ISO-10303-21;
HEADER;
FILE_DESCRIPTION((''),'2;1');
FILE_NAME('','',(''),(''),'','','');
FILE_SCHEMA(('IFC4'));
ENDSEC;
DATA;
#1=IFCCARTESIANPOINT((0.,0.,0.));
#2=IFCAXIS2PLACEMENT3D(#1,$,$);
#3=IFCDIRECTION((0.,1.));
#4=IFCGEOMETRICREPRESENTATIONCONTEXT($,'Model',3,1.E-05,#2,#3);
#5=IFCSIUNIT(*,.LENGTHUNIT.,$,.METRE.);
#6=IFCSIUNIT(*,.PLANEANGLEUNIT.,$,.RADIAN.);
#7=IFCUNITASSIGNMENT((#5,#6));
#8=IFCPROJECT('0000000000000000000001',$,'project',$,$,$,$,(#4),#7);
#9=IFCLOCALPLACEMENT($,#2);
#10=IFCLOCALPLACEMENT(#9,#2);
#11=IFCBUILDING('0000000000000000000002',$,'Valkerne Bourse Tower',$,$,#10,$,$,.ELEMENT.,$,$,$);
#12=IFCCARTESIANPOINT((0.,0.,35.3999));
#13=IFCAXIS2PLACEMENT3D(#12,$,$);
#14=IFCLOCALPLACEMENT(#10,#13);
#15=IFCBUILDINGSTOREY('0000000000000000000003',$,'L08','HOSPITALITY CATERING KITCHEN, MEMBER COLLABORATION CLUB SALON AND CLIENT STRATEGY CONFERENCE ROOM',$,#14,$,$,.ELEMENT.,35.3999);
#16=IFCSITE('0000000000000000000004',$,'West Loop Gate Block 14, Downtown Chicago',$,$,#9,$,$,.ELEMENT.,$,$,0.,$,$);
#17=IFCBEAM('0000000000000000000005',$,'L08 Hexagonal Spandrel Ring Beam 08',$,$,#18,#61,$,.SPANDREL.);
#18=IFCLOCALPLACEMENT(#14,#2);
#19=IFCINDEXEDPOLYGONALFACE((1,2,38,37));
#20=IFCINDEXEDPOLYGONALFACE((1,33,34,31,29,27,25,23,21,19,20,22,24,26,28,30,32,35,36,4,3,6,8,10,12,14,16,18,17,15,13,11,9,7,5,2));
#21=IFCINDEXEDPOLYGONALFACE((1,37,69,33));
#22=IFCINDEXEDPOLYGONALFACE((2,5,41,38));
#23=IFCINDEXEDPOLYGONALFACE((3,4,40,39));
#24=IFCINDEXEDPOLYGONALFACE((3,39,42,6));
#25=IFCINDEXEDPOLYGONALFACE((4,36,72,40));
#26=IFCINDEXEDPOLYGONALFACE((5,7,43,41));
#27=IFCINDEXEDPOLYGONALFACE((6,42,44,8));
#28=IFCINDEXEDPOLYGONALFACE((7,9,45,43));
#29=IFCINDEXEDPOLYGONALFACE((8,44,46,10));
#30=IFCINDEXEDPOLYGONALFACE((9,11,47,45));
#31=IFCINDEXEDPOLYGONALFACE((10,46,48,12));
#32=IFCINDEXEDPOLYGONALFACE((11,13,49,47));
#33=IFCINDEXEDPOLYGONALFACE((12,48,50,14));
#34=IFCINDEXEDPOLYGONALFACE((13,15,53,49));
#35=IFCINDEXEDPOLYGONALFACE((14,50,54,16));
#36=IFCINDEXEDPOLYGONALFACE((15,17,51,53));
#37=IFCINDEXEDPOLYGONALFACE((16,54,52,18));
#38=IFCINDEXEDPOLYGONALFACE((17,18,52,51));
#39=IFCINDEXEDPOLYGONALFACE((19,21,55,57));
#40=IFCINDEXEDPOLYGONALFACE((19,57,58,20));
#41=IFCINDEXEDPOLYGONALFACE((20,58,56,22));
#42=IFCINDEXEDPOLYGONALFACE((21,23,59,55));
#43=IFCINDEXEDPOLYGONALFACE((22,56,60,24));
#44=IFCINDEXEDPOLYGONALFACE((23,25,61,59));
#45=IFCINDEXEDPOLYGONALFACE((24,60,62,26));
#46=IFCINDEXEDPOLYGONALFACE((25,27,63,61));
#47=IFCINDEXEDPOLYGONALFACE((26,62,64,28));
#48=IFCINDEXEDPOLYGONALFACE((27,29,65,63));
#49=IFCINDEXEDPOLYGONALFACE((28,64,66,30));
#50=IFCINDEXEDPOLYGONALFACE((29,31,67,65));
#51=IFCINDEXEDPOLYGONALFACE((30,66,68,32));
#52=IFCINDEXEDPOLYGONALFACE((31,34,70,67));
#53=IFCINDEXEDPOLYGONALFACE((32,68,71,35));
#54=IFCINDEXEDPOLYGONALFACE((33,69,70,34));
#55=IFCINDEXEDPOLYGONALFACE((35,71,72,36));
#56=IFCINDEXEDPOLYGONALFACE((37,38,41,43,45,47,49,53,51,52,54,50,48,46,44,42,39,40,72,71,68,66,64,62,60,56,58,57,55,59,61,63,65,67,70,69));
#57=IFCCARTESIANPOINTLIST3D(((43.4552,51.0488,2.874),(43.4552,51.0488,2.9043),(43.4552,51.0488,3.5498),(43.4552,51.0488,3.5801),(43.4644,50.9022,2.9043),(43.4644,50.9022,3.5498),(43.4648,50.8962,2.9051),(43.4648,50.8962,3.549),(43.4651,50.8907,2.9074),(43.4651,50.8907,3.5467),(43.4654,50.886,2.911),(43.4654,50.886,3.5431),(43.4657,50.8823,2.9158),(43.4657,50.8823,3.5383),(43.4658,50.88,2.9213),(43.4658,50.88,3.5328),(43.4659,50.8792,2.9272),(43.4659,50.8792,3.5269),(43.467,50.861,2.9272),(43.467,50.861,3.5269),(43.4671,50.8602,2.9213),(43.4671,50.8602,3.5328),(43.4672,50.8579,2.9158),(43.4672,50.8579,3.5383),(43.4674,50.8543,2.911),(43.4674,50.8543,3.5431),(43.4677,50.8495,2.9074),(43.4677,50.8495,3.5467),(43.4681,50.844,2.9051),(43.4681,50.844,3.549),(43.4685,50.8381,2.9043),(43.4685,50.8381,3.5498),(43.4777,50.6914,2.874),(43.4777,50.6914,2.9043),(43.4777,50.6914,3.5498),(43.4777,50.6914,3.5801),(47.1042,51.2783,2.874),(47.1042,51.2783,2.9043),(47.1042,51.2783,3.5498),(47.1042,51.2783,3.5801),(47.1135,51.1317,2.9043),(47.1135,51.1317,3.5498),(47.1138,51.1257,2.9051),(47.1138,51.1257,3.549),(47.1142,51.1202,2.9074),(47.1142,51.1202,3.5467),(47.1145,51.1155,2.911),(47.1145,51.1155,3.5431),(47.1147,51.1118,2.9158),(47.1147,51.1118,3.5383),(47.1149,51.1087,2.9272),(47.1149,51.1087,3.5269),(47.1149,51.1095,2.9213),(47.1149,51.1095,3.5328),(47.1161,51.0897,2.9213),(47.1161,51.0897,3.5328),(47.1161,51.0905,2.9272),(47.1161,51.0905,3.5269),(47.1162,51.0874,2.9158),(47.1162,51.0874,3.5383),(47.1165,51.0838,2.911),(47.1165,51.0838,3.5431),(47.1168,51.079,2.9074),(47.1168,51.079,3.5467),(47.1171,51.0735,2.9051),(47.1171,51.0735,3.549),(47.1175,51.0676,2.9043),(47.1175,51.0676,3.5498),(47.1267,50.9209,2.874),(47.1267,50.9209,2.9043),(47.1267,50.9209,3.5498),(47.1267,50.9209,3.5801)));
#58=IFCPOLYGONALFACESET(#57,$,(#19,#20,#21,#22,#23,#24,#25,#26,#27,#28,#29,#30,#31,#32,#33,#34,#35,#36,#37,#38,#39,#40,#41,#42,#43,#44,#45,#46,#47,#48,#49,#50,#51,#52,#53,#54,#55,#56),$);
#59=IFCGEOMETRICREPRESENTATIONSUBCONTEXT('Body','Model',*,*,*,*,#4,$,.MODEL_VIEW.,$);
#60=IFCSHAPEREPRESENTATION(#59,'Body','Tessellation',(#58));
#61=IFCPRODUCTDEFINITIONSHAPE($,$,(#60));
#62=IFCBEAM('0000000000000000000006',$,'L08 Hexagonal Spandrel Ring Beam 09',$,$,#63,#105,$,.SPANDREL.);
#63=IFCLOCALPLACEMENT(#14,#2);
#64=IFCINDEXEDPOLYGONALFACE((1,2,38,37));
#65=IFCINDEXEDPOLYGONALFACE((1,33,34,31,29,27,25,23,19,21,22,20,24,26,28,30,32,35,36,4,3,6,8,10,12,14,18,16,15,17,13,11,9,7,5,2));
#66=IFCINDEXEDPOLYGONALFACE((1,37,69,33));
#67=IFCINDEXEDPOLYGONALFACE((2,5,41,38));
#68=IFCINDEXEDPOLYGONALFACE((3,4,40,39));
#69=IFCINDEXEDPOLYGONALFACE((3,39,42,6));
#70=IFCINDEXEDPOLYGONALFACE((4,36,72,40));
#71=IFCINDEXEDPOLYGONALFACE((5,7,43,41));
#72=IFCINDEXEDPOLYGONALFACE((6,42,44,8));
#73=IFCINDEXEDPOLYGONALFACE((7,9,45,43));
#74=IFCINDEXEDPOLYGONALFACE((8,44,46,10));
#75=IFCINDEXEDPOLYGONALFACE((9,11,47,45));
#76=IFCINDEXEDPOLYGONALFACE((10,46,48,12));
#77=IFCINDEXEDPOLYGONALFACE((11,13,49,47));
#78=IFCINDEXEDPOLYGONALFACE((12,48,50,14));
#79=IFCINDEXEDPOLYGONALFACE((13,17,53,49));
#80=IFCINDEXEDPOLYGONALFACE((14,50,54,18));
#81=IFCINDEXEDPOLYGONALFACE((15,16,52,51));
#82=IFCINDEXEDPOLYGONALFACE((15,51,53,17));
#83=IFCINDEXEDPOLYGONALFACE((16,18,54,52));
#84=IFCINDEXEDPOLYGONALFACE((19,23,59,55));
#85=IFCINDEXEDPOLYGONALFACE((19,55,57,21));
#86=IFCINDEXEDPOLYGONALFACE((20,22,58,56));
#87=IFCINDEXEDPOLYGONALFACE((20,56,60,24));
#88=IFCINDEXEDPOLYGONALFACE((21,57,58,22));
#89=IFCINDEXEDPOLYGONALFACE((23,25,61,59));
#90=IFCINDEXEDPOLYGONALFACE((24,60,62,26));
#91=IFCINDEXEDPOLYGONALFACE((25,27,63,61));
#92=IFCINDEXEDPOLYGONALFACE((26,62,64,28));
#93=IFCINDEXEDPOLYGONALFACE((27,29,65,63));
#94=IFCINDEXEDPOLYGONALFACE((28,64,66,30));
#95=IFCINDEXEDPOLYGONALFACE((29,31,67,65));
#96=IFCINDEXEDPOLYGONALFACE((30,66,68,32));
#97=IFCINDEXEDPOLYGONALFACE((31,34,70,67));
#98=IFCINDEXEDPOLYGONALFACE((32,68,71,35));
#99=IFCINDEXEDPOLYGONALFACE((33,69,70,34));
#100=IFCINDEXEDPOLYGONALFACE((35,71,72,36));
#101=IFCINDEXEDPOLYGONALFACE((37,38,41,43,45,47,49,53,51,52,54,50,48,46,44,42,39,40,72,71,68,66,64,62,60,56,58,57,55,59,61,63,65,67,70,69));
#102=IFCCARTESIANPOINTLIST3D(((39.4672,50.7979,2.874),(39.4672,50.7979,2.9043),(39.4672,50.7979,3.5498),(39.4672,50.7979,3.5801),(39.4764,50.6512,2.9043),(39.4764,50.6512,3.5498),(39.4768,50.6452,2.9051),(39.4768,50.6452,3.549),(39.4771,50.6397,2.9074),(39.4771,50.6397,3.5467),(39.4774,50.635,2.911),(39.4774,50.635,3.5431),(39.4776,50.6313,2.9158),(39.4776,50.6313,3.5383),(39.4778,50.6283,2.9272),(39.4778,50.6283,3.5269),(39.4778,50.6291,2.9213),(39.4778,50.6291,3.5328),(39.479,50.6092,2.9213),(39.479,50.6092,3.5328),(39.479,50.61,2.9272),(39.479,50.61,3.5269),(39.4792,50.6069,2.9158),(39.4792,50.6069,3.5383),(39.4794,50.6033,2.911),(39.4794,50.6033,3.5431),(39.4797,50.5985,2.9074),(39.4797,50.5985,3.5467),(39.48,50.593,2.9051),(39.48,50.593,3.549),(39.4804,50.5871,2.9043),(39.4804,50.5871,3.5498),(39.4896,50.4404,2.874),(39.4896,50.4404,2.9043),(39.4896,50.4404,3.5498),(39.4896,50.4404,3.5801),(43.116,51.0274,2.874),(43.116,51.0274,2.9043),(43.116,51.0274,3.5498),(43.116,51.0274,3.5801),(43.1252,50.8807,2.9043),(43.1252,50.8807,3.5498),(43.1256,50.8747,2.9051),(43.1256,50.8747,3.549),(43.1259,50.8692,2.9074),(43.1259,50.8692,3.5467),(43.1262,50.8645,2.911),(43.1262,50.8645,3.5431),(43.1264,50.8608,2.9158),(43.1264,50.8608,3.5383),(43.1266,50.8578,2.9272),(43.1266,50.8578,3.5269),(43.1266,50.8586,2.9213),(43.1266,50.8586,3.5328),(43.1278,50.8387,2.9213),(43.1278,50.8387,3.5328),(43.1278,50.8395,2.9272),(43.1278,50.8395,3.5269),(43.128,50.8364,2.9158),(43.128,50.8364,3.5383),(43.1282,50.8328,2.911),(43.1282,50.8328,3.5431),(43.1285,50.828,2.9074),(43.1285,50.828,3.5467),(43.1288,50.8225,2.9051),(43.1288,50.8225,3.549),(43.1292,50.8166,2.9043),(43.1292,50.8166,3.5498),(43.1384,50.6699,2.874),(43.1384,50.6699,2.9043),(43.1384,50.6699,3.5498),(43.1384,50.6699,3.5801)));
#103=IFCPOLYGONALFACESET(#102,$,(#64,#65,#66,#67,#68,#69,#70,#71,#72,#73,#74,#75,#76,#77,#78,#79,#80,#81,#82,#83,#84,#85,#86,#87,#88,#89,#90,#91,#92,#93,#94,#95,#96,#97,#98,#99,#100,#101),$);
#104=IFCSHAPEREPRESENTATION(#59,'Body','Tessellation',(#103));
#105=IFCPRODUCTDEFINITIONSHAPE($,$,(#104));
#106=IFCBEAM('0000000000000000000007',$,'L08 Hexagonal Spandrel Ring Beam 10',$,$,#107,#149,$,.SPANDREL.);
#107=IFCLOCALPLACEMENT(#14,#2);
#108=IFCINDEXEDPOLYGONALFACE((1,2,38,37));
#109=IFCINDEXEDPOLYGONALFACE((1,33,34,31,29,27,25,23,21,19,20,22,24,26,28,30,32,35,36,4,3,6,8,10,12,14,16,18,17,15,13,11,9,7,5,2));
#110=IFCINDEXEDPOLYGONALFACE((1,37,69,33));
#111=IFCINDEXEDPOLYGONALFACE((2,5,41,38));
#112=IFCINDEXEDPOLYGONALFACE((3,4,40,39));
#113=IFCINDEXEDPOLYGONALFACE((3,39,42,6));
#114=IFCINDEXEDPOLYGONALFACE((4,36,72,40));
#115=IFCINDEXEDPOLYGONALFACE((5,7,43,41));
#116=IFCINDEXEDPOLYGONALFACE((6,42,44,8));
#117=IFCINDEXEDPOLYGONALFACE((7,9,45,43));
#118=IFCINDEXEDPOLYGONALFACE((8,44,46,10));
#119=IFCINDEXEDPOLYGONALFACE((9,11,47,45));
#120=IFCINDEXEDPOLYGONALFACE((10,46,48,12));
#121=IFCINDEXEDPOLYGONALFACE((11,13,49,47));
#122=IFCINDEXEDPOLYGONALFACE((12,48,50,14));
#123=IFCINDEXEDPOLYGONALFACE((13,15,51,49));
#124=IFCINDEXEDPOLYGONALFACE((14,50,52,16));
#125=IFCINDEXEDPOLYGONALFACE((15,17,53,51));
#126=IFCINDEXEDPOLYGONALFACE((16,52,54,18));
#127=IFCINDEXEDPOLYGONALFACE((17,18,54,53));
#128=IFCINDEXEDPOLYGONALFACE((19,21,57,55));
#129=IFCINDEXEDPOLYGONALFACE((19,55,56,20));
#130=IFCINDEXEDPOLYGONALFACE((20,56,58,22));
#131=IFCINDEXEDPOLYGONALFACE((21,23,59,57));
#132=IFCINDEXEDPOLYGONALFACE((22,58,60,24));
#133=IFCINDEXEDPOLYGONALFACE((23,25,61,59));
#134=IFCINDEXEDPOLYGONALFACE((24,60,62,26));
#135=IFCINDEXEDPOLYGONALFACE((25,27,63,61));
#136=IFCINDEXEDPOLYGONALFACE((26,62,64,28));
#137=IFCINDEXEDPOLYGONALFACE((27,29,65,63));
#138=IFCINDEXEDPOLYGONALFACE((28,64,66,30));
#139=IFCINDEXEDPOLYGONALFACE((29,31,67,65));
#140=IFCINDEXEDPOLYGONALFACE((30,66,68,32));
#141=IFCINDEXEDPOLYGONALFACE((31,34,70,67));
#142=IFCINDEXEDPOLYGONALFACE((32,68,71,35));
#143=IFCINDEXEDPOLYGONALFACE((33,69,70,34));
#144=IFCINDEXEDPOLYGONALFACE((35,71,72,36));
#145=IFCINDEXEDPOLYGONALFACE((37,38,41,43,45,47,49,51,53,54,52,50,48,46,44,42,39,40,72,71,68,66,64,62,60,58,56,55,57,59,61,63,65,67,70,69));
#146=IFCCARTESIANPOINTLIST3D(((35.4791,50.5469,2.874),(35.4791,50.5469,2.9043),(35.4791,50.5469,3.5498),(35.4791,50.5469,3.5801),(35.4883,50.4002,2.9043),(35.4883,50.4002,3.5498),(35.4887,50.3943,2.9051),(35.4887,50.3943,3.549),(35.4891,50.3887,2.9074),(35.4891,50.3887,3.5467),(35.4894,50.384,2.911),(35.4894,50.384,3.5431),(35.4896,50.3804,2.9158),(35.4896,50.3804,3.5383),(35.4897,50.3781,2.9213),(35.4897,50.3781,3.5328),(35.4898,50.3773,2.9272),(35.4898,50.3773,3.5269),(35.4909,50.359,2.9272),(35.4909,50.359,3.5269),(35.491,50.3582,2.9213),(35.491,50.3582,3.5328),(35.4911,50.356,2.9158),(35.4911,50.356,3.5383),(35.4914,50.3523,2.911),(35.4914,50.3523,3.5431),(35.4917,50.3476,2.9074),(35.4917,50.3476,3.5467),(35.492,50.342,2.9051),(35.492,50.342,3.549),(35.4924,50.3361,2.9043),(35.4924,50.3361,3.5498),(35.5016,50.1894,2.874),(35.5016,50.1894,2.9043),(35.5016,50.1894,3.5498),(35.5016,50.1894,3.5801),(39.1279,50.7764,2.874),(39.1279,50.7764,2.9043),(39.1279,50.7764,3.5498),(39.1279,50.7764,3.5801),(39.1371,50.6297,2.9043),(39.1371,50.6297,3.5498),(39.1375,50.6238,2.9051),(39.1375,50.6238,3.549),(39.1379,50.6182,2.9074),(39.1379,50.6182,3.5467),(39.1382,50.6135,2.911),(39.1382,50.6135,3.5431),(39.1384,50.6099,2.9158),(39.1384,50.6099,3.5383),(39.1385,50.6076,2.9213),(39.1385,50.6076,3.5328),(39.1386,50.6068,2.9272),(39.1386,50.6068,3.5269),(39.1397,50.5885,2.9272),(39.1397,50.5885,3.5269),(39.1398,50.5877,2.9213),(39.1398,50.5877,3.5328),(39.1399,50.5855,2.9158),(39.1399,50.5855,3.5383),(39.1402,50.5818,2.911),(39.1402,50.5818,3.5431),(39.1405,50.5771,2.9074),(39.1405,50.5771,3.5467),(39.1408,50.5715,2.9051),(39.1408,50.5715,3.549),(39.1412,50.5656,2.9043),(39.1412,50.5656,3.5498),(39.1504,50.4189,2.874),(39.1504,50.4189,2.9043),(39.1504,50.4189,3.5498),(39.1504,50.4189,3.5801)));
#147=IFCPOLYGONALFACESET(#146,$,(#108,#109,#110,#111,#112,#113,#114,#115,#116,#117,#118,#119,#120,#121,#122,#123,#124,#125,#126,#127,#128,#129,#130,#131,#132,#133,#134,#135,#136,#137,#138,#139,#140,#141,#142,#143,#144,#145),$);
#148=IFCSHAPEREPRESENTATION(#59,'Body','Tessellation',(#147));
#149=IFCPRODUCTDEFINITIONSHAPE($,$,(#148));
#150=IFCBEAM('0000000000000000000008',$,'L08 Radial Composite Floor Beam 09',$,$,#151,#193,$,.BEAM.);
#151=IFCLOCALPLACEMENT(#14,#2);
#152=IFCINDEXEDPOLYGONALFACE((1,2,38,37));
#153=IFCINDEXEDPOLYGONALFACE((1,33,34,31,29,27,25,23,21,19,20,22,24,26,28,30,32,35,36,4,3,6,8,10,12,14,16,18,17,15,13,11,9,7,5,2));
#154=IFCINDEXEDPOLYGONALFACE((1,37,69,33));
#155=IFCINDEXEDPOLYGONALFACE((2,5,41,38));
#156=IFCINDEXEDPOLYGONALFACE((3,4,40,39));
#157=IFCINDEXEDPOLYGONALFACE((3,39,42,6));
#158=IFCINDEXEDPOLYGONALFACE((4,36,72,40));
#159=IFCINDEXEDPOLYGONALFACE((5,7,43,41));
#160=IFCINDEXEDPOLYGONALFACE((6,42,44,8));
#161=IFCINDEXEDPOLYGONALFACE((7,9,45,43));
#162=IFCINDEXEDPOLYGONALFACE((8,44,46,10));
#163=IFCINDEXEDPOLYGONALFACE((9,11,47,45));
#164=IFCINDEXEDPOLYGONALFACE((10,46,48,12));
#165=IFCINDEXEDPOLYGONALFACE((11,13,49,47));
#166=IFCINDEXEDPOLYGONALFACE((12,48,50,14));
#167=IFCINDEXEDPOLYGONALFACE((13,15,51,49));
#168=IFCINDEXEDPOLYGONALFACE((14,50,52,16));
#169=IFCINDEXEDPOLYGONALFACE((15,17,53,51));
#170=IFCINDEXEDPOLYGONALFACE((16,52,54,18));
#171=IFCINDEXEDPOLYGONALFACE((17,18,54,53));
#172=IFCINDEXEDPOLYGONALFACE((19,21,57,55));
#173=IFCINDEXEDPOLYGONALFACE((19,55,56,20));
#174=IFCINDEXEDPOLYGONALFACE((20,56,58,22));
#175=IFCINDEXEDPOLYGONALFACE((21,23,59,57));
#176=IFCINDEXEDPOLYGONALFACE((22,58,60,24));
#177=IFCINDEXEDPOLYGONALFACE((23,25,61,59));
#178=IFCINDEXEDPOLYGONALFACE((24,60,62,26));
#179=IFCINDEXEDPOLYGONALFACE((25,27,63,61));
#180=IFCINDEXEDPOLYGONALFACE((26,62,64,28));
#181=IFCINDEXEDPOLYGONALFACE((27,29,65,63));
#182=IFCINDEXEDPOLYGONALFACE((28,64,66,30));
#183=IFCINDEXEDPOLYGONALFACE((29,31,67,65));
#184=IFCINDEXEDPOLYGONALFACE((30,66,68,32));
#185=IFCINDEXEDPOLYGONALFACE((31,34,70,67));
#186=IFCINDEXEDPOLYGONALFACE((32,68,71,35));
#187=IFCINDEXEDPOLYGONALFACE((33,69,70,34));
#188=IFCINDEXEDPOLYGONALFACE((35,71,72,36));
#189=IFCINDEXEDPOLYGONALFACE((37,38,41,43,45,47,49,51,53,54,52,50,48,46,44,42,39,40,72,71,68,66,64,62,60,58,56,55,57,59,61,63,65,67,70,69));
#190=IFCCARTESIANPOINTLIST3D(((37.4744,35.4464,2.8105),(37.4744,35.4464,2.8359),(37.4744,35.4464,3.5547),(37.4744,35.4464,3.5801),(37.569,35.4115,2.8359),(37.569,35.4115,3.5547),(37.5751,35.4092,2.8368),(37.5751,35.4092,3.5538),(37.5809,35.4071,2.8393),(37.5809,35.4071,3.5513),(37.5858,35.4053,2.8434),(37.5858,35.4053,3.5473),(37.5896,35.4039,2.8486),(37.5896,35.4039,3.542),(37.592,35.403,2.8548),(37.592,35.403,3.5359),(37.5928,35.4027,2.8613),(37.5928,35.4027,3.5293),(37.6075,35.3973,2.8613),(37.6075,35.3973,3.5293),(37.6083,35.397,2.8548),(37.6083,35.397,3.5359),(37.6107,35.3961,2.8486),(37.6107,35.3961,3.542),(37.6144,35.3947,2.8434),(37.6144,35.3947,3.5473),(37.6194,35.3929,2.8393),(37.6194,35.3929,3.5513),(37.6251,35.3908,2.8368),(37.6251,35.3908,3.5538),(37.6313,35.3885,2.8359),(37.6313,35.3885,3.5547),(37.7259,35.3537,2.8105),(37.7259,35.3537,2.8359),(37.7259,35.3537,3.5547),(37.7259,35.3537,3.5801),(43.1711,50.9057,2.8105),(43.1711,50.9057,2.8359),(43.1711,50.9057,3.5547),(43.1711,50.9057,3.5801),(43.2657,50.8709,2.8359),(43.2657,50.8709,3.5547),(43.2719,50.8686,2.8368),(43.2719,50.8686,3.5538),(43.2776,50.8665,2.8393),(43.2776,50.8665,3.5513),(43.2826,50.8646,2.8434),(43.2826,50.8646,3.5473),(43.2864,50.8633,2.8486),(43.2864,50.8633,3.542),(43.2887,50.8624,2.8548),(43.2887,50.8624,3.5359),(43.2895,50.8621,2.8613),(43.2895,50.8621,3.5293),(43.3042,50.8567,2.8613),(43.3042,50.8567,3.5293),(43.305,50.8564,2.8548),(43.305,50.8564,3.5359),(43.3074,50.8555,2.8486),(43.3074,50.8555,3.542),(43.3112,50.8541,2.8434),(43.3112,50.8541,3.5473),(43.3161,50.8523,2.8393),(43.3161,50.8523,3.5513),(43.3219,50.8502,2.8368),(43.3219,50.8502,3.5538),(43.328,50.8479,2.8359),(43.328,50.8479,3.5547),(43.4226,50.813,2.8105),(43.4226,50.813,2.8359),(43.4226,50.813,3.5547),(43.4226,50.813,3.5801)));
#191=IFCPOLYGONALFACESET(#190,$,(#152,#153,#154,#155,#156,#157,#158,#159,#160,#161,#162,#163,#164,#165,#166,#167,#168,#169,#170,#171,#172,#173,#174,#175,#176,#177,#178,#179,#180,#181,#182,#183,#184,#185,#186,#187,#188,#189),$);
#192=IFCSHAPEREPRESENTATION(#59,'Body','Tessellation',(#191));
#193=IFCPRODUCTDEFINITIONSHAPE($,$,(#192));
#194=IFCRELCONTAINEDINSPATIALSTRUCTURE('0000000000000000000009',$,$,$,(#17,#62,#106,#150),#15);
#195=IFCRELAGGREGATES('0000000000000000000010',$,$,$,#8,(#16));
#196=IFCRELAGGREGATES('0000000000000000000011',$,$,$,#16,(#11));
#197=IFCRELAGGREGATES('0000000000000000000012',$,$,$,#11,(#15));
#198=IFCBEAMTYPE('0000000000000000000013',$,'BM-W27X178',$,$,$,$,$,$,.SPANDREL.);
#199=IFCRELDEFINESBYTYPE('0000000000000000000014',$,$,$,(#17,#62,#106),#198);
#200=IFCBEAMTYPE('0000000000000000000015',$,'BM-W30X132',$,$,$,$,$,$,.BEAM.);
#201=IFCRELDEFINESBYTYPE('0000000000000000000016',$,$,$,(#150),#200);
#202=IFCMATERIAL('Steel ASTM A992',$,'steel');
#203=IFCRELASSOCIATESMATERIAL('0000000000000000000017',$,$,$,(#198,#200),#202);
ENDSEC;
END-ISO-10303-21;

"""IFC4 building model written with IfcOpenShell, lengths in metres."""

from ifc_helpers import new_model, si_unit, direction, frame, origin, origin_2d, place, context, subcontext, project, spatial, i_section, extrude, material, material_profile, profile_set, type_object, element, save


model = new_model("IFC4")

# Units and contexts
model_context = context("Model", 3, precision=1e-05, world=origin(), true_north=direction((0.0, 1.0)))
body_context = subcontext(model_context, "Body", "Model", "MODEL_VIEW")
ifc_project = project(units=[si_unit("LENGTHUNIT", "METRE"), si_unit("PLANEANGLEUNIT", "RADIAN")], contexts=[model_context])

# Site, building, storey
site_placement = place(None, origin())
site = spatial("IfcSite", under=ifc_project, at=site_placement, Name="West Loop Gate Block 14, Downtown Chicago", CompositionType="ELEMENT", RefElevation=0.0)
building_placement = place(site_placement, origin())
building = spatial("IfcBuilding", under=site, at=building_placement, Name="Valkerne Bourse Tower", CompositionType="ELEMENT")
storey_placement = place(building_placement, frame((0.0, 0.0, 35.3999)))
storey = spatial("IfcBuildingStorey", under=building, at=storey_placement, Name="L08", Description="HOSPITALITY CATERING KITCHEN, MEMBER COLLABORATION CLUB SALON AND CLIENT STRATEGY CONFERENCE ROOM", CompositionType="ELEMENT", Elevation=35.3999)

# Beams
ifc_material_1 = material(Name="Steel ASTM A992", Category="steel")
ifc_material_profile_1 = material_profile(ifc_material_1, i_section(OverallWidth=0.3582, OverallDepth=0.7061, WebThickness=0.0183, FlangeThickness=0.0303, FilletRadius=0.0229, at=origin_2d()), Name="W27X178")
ifc_profile_set_1 = profile_set([ifc_material_profile_1], Name="Steel ASTM A992")
beam_type_1 = type_object("IfcBeamType", Name="BM-W27X178", PredefinedType="SPANDREL", material=ifc_profile_set_1)
beam_1_placement = place(storey_placement, frame((47.1155, 51.0996, 3.2271), z_axis=(-0.998028, -0.062769, 0.0), x_axis=(0.062769, -0.998028, 0.0)))
element("IfcBeam", 1, at=beam_1_placement, inside=storey, type_object=beam_type_1, Name="L08 Hexagonal Spandrel Ring Beam 08", PredefinedType="SPANDREL", context=body_context, shape_type="SweptSolid", body=[
    extrude(i_section(OverallWidth=0.3582, OverallDepth=0.7061, WebThickness=0.0183, FlangeThickness=0.0303, FilletRadius=0.0229, at=origin_2d()), origin(), (0.0, 0.0, 1.0), 3.6562),
])
for number, where, z_axis, x_axis, name in (
    (2, (43.1272, 50.8486, 3.2271), (-0.998028, -0.062773, 0.0), (0.062773, -0.998028, 0.0), "L08 Hexagonal Spandrel Ring Beam 09"),
    (3, (39.1392, 50.5977, 3.2271), (-0.998028, -0.062773, 0.0), (0.062773, -0.998028, 0.0), "L08 Hexagonal Spandrel Ring Beam 10"),
):
    element("IfcBeam", number, at=place(storey_placement, frame(where, z_axis=z_axis, x_axis=x_axis)), inside=storey, type_object=beam_type_1, Name=name, PredefinedType="SPANDREL", context=body_context, shape_type="SweptSolid", body=[
        extrude(i_section(OverallWidth=0.3582, OverallDepth=0.7061, WebThickness=0.0183, FlangeThickness=0.0303, FilletRadius=0.0229, at=origin_2d()), origin(), (0.0, 0.0, 1.0), 3.656),
    ])
ifc_material_profile_2 = material_profile(ifc_material_1, i_section(OverallWidth=0.2681, OverallDepth=0.7695, WebThickness=0.0156, FlangeThickness=0.0254, FilletRadius=0.0254, at=origin_2d()), Name="W30X132")
ifc_profile_set_2 = profile_set([ifc_material_profile_2], Name="Steel ASTM A992")
beam_type_2 = type_object("IfcBeamType", Name="BM-W30X132", PredefinedType="BEAM", material=ifc_profile_set_2)
beam_2_placement = place(storey_placement, frame((43.2969, 50.8594, 3.1953), z_axis=(-0.345769, -0.93832, 0.0), x_axis=(0.93832, -0.345769, 0.0)))
element("IfcBeam", 4, at=beam_2_placement, inside=storey, type_object=beam_type_2, Name="L08 Radial Composite Floor Beam 09", PredefinedType="BEAM", context=body_context, shape_type="SweptSolid", body=[
    extrude(i_section(OverallWidth=0.2681, OverallDepth=0.7695, WebThickness=0.0156, FlangeThickness=0.0254, FilletRadius=0.0254, at=origin_2d()), origin(), (0.0, 0.0, 1.0), 16.4756),
])

save(model, "model.ifc")
